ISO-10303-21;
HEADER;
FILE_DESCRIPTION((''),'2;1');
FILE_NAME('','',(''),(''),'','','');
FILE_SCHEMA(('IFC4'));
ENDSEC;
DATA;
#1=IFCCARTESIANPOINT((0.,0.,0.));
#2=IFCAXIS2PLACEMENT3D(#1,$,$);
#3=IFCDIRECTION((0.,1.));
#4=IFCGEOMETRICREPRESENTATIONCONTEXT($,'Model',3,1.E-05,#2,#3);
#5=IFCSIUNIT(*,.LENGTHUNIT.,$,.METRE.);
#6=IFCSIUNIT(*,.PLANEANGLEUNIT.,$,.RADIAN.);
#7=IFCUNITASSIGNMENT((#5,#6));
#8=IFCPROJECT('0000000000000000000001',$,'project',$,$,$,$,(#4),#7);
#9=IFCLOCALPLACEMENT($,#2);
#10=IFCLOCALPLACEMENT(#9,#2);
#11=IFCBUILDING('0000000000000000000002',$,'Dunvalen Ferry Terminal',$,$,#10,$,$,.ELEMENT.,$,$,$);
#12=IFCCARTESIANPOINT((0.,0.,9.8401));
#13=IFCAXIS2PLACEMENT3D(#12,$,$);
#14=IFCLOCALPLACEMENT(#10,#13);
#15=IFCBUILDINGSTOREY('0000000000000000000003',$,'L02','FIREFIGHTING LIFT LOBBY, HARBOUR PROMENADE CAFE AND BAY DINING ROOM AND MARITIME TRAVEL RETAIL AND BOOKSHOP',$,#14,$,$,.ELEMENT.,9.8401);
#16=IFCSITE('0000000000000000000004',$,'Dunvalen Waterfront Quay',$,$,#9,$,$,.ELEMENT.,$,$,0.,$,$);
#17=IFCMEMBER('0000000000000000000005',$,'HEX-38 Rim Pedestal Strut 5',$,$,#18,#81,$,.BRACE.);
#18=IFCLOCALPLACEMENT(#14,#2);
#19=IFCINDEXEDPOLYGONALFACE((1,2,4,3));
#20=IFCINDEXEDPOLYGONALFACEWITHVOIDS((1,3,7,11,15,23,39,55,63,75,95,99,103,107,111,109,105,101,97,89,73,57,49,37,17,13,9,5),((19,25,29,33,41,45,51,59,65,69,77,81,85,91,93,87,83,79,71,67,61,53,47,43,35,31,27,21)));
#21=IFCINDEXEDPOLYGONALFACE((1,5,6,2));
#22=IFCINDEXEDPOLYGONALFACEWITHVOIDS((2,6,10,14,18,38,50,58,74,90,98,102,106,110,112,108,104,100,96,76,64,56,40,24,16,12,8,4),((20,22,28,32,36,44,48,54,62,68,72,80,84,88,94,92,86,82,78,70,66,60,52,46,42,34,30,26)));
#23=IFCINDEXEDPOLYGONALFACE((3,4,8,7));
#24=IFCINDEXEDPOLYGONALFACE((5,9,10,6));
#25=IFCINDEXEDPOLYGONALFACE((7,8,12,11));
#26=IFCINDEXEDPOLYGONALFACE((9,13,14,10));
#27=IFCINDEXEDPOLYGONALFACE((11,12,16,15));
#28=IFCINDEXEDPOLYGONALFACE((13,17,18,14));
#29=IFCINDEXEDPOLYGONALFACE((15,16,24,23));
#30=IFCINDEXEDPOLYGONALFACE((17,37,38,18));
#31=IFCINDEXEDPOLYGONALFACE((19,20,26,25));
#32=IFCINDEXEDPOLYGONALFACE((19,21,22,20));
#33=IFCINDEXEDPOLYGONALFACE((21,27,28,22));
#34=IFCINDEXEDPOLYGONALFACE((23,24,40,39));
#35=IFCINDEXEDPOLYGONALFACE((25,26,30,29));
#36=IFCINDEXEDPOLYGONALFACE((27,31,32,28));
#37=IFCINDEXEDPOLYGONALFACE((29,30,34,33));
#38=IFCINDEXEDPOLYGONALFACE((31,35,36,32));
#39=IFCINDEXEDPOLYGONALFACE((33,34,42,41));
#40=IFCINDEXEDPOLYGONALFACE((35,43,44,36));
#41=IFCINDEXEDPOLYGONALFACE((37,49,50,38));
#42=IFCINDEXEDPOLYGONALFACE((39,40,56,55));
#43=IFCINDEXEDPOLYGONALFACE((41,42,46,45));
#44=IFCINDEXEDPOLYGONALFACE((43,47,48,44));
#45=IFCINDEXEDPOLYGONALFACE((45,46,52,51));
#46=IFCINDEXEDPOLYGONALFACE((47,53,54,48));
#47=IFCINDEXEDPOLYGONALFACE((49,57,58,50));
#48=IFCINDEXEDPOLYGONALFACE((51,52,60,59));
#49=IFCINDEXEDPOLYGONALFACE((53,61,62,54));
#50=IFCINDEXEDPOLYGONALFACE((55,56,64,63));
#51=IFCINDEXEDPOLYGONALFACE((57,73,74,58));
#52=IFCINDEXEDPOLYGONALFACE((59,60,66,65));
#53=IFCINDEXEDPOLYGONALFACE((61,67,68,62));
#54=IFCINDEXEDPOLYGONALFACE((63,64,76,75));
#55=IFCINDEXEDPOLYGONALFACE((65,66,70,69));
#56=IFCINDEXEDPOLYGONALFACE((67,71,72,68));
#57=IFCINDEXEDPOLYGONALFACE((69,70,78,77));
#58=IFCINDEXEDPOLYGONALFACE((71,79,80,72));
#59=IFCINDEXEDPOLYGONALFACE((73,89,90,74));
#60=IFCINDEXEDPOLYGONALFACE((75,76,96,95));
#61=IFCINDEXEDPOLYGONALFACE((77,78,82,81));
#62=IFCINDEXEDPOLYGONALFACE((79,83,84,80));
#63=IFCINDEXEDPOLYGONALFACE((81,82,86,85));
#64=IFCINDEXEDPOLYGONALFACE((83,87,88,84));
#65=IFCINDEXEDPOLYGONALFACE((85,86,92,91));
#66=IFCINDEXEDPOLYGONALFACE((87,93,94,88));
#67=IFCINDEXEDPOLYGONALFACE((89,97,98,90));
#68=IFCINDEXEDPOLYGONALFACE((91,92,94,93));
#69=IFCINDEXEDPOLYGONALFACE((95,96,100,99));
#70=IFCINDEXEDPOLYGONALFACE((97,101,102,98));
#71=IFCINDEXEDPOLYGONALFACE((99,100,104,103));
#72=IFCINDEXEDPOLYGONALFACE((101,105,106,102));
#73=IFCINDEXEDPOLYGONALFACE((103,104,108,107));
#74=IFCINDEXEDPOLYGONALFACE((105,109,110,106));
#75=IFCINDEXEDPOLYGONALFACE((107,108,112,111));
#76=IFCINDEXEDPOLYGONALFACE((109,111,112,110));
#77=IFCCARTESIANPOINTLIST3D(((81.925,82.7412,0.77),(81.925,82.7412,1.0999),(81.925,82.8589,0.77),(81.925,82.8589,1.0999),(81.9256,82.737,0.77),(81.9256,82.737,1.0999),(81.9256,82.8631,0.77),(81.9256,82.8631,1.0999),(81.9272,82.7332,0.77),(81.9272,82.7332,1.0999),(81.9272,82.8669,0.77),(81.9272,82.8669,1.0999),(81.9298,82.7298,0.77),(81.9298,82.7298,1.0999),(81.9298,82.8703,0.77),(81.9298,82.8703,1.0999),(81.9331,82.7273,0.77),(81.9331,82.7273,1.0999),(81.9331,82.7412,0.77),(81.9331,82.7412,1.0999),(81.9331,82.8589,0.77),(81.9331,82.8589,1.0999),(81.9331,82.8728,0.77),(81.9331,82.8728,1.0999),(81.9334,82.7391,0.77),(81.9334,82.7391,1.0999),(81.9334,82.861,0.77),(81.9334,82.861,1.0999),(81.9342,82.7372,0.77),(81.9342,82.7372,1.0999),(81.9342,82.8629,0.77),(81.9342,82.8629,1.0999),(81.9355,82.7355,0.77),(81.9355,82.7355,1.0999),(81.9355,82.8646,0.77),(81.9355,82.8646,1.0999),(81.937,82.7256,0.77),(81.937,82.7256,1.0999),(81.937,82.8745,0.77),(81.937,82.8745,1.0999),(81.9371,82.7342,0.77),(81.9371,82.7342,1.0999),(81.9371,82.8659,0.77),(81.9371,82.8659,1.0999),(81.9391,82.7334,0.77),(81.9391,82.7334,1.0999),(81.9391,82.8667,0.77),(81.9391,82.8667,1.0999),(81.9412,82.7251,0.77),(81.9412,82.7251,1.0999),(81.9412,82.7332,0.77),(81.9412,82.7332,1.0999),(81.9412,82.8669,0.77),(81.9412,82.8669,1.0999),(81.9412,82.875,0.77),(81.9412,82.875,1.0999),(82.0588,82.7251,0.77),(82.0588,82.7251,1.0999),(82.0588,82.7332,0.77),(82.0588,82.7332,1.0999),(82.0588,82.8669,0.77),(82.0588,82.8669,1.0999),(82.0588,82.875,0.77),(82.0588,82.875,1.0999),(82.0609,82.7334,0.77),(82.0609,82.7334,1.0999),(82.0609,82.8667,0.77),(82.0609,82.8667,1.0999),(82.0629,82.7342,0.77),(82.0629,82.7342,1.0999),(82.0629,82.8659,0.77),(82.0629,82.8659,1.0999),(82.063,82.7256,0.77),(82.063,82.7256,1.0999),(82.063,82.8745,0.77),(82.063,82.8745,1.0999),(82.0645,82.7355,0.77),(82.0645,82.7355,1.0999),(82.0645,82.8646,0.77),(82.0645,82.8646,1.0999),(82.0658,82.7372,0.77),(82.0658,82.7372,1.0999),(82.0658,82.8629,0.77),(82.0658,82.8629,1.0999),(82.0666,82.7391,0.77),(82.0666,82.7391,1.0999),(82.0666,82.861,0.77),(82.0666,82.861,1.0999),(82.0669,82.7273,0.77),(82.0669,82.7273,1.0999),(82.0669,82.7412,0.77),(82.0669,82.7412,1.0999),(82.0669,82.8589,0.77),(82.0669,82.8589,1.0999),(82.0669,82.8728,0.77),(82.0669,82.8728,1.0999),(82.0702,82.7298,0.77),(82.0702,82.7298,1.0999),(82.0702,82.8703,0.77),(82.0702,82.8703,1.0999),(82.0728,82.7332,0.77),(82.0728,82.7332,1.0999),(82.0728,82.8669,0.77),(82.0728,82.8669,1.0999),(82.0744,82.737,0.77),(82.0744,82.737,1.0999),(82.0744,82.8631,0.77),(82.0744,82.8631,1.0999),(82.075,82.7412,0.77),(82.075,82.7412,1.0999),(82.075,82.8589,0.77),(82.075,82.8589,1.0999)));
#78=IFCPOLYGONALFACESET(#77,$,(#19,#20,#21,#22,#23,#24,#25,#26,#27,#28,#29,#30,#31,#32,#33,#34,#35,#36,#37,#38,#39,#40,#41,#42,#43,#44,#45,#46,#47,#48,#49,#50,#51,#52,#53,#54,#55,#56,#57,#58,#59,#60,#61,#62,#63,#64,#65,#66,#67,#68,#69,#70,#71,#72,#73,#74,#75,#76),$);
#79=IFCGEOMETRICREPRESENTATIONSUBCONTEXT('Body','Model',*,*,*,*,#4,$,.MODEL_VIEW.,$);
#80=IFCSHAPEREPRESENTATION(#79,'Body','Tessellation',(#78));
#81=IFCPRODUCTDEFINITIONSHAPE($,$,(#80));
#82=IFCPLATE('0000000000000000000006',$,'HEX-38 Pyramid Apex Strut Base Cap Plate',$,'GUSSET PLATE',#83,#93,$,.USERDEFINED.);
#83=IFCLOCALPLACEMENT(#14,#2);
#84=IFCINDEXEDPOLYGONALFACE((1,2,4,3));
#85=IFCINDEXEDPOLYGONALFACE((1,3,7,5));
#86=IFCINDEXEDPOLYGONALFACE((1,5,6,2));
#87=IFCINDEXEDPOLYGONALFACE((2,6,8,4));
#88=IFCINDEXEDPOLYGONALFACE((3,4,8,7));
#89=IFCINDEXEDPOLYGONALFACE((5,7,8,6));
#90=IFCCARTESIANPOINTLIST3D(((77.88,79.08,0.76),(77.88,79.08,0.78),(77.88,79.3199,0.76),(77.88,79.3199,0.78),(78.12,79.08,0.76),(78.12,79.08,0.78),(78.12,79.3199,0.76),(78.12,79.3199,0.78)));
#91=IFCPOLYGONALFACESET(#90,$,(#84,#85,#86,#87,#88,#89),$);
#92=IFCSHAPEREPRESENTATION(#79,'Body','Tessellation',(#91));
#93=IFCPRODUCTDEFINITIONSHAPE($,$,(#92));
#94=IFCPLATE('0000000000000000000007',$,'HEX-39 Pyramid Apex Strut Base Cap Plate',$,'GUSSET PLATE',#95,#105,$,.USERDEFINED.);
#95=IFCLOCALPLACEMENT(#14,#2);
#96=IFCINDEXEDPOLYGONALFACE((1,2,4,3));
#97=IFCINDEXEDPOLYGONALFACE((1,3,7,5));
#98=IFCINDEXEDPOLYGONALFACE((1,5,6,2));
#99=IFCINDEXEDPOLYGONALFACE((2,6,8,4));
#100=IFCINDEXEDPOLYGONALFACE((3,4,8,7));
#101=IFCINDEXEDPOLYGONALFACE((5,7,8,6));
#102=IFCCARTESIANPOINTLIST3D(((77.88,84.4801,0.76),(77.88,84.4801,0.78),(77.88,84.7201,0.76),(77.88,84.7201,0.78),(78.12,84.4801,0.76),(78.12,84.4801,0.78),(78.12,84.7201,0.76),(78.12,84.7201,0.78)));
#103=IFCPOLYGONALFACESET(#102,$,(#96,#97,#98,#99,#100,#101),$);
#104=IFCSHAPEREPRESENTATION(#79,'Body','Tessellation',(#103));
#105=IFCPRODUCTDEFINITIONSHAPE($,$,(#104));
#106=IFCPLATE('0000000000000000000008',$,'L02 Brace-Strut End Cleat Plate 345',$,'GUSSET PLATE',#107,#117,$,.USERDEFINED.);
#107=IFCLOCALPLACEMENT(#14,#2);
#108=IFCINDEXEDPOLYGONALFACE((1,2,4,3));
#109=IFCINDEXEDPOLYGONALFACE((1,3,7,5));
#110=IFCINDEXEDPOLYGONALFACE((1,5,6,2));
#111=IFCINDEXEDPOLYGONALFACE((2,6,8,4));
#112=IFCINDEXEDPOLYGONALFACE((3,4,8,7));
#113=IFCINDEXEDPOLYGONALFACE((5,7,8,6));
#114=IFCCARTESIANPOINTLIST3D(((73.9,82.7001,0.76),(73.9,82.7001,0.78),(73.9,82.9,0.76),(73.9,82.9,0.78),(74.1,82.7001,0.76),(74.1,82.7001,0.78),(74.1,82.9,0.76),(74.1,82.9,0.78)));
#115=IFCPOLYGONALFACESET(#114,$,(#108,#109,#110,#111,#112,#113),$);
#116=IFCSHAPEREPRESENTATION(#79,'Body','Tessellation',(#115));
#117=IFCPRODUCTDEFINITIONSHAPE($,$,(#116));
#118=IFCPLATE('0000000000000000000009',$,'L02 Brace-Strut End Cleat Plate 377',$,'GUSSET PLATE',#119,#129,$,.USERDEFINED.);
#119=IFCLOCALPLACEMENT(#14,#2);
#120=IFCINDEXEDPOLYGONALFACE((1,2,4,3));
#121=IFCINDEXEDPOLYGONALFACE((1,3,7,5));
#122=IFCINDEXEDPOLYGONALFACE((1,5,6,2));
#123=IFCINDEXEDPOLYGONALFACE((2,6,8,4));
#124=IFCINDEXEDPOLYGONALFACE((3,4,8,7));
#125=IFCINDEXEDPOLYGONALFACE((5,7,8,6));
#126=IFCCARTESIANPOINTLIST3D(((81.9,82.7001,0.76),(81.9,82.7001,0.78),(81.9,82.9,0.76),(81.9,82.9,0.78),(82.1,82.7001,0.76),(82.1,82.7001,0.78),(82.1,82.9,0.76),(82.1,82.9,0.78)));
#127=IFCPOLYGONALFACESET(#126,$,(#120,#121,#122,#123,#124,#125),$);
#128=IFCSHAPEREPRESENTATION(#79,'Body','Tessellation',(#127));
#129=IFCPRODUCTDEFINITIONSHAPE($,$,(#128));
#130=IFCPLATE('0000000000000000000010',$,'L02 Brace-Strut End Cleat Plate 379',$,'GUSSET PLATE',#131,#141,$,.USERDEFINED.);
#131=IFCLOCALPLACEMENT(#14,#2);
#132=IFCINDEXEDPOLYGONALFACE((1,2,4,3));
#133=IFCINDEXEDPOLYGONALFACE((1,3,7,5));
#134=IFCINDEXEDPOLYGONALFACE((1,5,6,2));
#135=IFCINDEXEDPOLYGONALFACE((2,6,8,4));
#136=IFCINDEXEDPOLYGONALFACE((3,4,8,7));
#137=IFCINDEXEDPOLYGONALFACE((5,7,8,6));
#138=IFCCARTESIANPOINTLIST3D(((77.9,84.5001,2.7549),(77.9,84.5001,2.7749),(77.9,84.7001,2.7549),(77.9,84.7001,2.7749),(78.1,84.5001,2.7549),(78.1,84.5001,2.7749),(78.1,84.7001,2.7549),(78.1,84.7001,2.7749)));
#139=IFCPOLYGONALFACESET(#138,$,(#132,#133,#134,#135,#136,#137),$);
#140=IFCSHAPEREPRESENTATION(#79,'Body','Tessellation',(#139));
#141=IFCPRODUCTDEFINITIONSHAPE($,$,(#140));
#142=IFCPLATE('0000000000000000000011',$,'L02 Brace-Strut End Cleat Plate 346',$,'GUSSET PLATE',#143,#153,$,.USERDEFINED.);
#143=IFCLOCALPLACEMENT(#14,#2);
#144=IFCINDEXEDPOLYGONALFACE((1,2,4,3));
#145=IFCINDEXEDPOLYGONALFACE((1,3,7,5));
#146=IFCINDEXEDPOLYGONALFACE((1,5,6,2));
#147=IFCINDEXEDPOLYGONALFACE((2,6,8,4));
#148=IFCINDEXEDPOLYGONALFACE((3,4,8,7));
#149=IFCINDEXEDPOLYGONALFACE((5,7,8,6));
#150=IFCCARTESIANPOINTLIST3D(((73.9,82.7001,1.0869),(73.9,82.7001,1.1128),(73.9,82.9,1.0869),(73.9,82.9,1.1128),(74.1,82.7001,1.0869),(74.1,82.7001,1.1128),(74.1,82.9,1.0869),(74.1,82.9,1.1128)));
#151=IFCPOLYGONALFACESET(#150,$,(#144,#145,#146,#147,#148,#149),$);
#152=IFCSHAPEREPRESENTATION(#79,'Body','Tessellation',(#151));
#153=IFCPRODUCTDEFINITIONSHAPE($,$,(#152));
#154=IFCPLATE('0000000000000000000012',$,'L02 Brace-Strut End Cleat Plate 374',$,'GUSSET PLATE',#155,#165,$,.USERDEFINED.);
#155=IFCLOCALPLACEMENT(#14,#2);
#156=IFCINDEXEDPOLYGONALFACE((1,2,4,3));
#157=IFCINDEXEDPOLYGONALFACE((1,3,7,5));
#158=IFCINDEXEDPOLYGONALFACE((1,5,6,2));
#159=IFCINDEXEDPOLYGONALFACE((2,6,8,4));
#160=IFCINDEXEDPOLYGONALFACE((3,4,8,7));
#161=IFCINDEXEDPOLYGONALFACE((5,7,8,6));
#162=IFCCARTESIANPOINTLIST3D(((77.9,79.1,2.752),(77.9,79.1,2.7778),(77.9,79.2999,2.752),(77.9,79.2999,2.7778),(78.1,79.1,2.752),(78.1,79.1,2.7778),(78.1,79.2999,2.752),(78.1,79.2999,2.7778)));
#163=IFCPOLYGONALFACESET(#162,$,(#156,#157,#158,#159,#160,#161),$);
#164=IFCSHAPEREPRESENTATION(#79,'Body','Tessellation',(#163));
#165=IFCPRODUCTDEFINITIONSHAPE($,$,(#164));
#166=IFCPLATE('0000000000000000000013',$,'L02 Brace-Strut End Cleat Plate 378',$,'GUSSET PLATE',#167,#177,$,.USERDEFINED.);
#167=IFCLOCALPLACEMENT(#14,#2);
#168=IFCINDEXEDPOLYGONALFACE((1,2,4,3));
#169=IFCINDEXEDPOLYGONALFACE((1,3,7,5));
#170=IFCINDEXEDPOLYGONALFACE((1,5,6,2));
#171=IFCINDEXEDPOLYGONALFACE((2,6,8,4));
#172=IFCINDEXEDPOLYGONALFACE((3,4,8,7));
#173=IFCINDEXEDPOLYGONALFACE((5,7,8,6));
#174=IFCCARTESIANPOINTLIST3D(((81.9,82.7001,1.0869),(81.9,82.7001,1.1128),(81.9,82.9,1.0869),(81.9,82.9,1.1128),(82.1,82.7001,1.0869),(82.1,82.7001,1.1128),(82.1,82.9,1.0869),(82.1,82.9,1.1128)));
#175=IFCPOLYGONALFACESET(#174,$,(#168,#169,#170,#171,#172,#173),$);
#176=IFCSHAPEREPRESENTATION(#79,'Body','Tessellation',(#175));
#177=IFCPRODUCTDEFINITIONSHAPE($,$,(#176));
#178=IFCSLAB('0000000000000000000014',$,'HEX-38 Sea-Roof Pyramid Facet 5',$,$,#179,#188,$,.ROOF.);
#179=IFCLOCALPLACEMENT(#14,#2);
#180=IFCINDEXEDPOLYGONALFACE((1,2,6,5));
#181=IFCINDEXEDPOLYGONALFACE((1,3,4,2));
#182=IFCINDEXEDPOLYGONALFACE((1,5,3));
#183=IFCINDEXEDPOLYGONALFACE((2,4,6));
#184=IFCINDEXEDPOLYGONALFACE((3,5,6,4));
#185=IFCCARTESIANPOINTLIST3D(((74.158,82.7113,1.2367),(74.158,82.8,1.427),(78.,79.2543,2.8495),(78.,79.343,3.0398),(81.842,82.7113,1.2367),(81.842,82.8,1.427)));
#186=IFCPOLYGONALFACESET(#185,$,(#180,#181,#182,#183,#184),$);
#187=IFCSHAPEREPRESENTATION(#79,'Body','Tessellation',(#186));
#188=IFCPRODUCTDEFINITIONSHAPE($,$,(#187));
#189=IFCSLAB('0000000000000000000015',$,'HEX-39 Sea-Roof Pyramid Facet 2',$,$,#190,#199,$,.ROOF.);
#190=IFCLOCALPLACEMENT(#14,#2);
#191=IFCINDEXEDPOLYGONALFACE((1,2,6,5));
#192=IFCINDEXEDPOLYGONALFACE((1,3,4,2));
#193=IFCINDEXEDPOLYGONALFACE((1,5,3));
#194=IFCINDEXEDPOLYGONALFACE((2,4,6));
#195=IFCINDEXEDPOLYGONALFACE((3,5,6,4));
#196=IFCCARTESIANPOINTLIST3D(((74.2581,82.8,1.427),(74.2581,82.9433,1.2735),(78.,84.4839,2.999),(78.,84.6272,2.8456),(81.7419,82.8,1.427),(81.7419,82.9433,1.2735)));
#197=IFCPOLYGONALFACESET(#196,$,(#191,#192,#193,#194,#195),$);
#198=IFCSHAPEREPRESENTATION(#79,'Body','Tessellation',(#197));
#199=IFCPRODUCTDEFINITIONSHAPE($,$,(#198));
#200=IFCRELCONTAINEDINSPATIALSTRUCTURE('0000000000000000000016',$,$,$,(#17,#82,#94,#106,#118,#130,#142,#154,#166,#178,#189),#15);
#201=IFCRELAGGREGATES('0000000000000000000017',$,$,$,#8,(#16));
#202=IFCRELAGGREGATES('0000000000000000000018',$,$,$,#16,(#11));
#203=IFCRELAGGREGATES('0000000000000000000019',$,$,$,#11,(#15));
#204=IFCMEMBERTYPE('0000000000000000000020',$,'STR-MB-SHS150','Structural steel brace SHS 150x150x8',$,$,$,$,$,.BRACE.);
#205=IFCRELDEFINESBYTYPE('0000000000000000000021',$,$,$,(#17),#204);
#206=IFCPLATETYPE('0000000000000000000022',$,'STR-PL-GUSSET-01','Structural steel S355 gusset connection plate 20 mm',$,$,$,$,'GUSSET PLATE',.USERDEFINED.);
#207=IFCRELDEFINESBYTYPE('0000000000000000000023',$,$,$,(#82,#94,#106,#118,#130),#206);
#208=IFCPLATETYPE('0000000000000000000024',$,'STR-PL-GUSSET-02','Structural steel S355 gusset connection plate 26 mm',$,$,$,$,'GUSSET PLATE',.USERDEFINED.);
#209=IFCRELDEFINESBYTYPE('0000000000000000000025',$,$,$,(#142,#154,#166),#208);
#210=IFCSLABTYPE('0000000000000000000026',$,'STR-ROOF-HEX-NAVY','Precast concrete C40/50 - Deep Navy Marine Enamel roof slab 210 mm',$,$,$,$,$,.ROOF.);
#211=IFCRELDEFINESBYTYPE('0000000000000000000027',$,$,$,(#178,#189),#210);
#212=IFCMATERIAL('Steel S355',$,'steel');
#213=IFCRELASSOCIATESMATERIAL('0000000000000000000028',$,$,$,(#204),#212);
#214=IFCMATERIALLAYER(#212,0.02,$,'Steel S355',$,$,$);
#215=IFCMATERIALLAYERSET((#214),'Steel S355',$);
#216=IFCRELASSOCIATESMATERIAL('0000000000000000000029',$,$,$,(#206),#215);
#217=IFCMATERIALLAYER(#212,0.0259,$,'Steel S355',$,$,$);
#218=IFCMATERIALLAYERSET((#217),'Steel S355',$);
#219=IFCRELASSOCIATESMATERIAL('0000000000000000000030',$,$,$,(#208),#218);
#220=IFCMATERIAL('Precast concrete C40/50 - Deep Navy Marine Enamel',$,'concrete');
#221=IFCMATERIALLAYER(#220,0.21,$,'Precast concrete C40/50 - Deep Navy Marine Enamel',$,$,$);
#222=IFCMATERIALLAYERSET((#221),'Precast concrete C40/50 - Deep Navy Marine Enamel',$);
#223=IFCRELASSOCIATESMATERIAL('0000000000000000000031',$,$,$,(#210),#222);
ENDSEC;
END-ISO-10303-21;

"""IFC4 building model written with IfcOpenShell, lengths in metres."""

from ifc_helpers import new_model, si_unit, direction, frame, origin, origin_2d, place, context, subcontext, project, spatial, polyline, rectangle, hollow_rectangle, outline, extrude, material, layer, layer_set, material_profile, profile_set, type_object, element, save


model = new_model("IFC4")

# Units and contexts
model_context = context("Model", 3, precision=1e-05, world=origin(), true_north=direction((0.0, 1.0)))
body_context = subcontext(model_context, "Body", "Model", "MODEL_VIEW")
ifc_project = project(units=[si_unit("LENGTHUNIT", "METRE"), si_unit("PLANEANGLEUNIT", "RADIAN")], contexts=[model_context])

# Site, building, storey
site_placement = place(None, origin())
site = spatial("IfcSite", under=ifc_project, at=site_placement, Name="Dunvalen Waterfront Quay", CompositionType="ELEMENT", RefElevation=0.0)
building_placement = place(site_placement, origin())
building = spatial("IfcBuilding", under=site, at=building_placement, Name="Dunvalen Ferry Terminal", CompositionType="ELEMENT")
storey_placement = place(building_placement, frame((0.0, 0.0, 9.8401)))
storey = spatial("IfcBuildingStorey", under=building, at=storey_placement, Name="L02", Description="FIREFIGHTING LIFT LOBBY, HARBOUR PROMENADE CAFE AND BAY DINING ROOM AND MARITIME TRAVEL RETAIL AND BOOKSHOP", CompositionType="ELEMENT", Elevation=9.8401)

# Shared definitions
ifc_material_1 = material(Name="Steel S355", Category="steel")

# Member
ifc_material_profile_1 = material_profile(ifc_material_1, hollow_rectangle(XDim=0.1499, YDim=0.1499, WallThickness=0.0081, InnerFilletRadius=0.0081, OuterFilletRadius=0.0161, at=origin_2d()), Name="Steel S355")
ifc_profile_set_1 = profile_set([ifc_material_profile_1], Name="Steel S355")
member_type_1 = type_object("IfcMemberType", Name="STR-MB-SHS150", Description="Structural steel brace SHS 150x150x8", PredefinedType="BRACE", material=ifc_profile_set_1)
for number, where, z_axis, x_axis, name in (
    (1, (82.0, 82.8, 0.77), (0.0, 0.0, 1.0), (1.0, 0.0, 0.0), "HEX-38 Rim Pedestal Strut 5"),
):
    element("IfcMember", number, at=place(storey_placement, frame(where, z_axis=z_axis, x_axis=x_axis)), inside=storey, type_object=member_type_1, Name=name, PredefinedType="BRACE", context=body_context, shape_type="SweptSolid", body=[
        extrude(hollow_rectangle(XDim=0.1499, YDim=0.1499, WallThickness=0.0081, InnerFilletRadius=0.0081, OuterFilletRadius=0.0161, at=origin_2d()), origin(), (0.0, 0.0, 1.0), 0.3298),
    ])

# Plates
ifc_layer_1 = layer(ifc_material_1, 0.02, Name="Steel S355")
ifc_layer_set_1 = layer_set([ifc_layer_1], Name="Steel S355")
plate_type_1 = type_object("IfcPlateType", Name="STR-PL-GUSSET-01", Description="Structural steel S355 gusset connection plate 20 mm", ElementType="GUSSET PLATE", PredefinedType="USERDEFINED", material=ifc_layer_set_1)
for number, where, z_axis, x_axis, name in (
    (2, (78.0, 79.2, 0.76), (0.0, 0.0, 1.0), (1.0, 0.0, 0.0), "HEX-38 Pyramid Apex Strut Base Cap Plate"),
    (3, (78.0, 84.6001, 0.76), (0.0, 0.0, 1.0), (1.0, 0.0, 0.0), "HEX-39 Pyramid Apex Strut Base Cap Plate"),
):
    element("IfcPlate", number, at=place(storey_placement, frame(where, z_axis=z_axis, x_axis=x_axis)), inside=storey, type_object=plate_type_1, Name=name, ObjectType="GUSSET PLATE", PredefinedType="USERDEFINED", context=body_context, shape_type="SweptSolid", body=[
        extrude(rectangle(XDim=0.24, YDim=0.24, at=origin_2d()), origin(), (0.0, 0.0, 1.0), 0.02),
    ])
for number, where, z_axis, x_axis, name in (
    (4, (74.0, 82.8, 0.76), (0.0, 0.0, 1.0), (1.0, 0.0, 0.0), "L02 Brace-Strut End Cleat Plate 345"),
    (5, (82.0, 82.8, 0.76), (0.0, 0.0, 1.0), (1.0, 0.0, 0.0), "L02 Brace-Strut End Cleat Plate 377"),
    (6, (78.0, 84.6001, 2.7549), (0.0, 0.0, 1.0), (1.0, 0.0, 0.0), "L02 Brace-Strut End Cleat Plate 379"),
):
    element("IfcPlate", number, at=place(storey_placement, frame(where, z_axis=z_axis, x_axis=x_axis)), inside=storey, type_object=plate_type_1, Name=name, ObjectType="GUSSET PLATE", PredefinedType="USERDEFINED", context=body_context, shape_type="SweptSolid", body=[
        extrude(rectangle(XDim=0.2, YDim=0.2, at=origin_2d()), origin(), (0.0, 0.0, 1.0), 0.02),
    ])
ifc_layer_2 = layer(ifc_material_1, 0.0259, Name="Steel S355")
ifc_layer_set_2 = layer_set([ifc_layer_2], Name="Steel S355")
plate_type_2 = type_object("IfcPlateType", Name="STR-PL-GUSSET-02", Description="Structural steel S355 gusset connection plate 26 mm", ElementType="GUSSET PLATE", PredefinedType="USERDEFINED", material=ifc_layer_set_2)
for number, where, z_axis, x_axis, name in (
    (7, (74.0, 82.8, 1.0869), (0.0, 0.0, 1.0), (1.0, 0.0, 0.0), "L02 Brace-Strut End Cleat Plate 346"),
    (8, (78.0, 79.2, 2.752), (0.0, 0.0, 1.0), (1.0, 0.0, 0.0), "L02 Brace-Strut End Cleat Plate 374"),
    (9, (82.0, 82.8, 1.0869), (0.0, 0.0, 1.0), (1.0, 0.0, 0.0), "L02 Brace-Strut End Cleat Plate 378"),
):
    element("IfcPlate", number, at=place(storey_placement, frame(where, z_axis=z_axis, x_axis=x_axis)), inside=storey, type_object=plate_type_2, Name=name, ObjectType="GUSSET PLATE", PredefinedType="USERDEFINED", context=body_context, shape_type="SweptSolid", body=[
        extrude(rectangle(XDim=0.2, YDim=0.2, at=origin_2d()), origin(), (0.0, 0.0, 1.0), 0.0259),
    ])

# Slabs
ifc_material_2 = material(Name="Precast concrete C40/50 - Deep Navy Marine Enamel", Category="concrete")
ifc_layer_3 = layer(ifc_material_2, 0.21, Name="Precast concrete C40/50 - Deep Navy Marine Enamel")
ifc_layer_set_3 = layer_set([ifc_layer_3], Name="Precast concrete C40/50 - Deep Navy Marine Enamel")
slab_type_1 = type_object("IfcSlabType", Name="STR-ROOF-HEX-NAVY", Description="Precast concrete C40/50 - Deep Navy Marine Enamel roof slab 210 mm", PredefinedType="ROOF", material=ifc_layer_set_3)
slab_1_placement = place(storey_placement, frame((81.842, 82.8, 1.427), z_axis=(0.0, 0.42278, 0.906232), x_axis=(-1.0, 0.0, 0.0)))
element("IfcSlab", 10, at=slab_1_placement, inside=storey, type_object=slab_type_1, Name="HEX-38 Sea-Roof Pyramid Facet 5", PredefinedType="ROOF", context=body_context, shape_type="SweptSolid", body=[
    extrude(outline(polyline([(0.0, 0.0), (7.6841, 0.0), (3.842, 3.8147), (0.0, 0.0)])), origin(), (0.0, 0.0, -1.0), 0.21),
])
slab_2_placement = place(storey_placement, frame((74.2581, 82.8, 1.427), z_axis=(0.0, -0.68242, 0.73096), x_axis=(1.0, 0.0, 0.0)))
element("IfcSlab", 11, at=slab_2_placement, inside=storey, type_object=slab_type_1, Name="HEX-39 Sea-Roof Pyramid Facet 2", PredefinedType="ROOF", context=body_context, shape_type="SweptSolid", body=[
    extrude(outline(polyline([(0.0, 0.0), (7.4839, 0.0), (3.7419, 2.3036), (0.0, 0.0)])), origin(), (0.0, 0.0, -1.0), 0.21),
])

save(model, "model.ifc")
